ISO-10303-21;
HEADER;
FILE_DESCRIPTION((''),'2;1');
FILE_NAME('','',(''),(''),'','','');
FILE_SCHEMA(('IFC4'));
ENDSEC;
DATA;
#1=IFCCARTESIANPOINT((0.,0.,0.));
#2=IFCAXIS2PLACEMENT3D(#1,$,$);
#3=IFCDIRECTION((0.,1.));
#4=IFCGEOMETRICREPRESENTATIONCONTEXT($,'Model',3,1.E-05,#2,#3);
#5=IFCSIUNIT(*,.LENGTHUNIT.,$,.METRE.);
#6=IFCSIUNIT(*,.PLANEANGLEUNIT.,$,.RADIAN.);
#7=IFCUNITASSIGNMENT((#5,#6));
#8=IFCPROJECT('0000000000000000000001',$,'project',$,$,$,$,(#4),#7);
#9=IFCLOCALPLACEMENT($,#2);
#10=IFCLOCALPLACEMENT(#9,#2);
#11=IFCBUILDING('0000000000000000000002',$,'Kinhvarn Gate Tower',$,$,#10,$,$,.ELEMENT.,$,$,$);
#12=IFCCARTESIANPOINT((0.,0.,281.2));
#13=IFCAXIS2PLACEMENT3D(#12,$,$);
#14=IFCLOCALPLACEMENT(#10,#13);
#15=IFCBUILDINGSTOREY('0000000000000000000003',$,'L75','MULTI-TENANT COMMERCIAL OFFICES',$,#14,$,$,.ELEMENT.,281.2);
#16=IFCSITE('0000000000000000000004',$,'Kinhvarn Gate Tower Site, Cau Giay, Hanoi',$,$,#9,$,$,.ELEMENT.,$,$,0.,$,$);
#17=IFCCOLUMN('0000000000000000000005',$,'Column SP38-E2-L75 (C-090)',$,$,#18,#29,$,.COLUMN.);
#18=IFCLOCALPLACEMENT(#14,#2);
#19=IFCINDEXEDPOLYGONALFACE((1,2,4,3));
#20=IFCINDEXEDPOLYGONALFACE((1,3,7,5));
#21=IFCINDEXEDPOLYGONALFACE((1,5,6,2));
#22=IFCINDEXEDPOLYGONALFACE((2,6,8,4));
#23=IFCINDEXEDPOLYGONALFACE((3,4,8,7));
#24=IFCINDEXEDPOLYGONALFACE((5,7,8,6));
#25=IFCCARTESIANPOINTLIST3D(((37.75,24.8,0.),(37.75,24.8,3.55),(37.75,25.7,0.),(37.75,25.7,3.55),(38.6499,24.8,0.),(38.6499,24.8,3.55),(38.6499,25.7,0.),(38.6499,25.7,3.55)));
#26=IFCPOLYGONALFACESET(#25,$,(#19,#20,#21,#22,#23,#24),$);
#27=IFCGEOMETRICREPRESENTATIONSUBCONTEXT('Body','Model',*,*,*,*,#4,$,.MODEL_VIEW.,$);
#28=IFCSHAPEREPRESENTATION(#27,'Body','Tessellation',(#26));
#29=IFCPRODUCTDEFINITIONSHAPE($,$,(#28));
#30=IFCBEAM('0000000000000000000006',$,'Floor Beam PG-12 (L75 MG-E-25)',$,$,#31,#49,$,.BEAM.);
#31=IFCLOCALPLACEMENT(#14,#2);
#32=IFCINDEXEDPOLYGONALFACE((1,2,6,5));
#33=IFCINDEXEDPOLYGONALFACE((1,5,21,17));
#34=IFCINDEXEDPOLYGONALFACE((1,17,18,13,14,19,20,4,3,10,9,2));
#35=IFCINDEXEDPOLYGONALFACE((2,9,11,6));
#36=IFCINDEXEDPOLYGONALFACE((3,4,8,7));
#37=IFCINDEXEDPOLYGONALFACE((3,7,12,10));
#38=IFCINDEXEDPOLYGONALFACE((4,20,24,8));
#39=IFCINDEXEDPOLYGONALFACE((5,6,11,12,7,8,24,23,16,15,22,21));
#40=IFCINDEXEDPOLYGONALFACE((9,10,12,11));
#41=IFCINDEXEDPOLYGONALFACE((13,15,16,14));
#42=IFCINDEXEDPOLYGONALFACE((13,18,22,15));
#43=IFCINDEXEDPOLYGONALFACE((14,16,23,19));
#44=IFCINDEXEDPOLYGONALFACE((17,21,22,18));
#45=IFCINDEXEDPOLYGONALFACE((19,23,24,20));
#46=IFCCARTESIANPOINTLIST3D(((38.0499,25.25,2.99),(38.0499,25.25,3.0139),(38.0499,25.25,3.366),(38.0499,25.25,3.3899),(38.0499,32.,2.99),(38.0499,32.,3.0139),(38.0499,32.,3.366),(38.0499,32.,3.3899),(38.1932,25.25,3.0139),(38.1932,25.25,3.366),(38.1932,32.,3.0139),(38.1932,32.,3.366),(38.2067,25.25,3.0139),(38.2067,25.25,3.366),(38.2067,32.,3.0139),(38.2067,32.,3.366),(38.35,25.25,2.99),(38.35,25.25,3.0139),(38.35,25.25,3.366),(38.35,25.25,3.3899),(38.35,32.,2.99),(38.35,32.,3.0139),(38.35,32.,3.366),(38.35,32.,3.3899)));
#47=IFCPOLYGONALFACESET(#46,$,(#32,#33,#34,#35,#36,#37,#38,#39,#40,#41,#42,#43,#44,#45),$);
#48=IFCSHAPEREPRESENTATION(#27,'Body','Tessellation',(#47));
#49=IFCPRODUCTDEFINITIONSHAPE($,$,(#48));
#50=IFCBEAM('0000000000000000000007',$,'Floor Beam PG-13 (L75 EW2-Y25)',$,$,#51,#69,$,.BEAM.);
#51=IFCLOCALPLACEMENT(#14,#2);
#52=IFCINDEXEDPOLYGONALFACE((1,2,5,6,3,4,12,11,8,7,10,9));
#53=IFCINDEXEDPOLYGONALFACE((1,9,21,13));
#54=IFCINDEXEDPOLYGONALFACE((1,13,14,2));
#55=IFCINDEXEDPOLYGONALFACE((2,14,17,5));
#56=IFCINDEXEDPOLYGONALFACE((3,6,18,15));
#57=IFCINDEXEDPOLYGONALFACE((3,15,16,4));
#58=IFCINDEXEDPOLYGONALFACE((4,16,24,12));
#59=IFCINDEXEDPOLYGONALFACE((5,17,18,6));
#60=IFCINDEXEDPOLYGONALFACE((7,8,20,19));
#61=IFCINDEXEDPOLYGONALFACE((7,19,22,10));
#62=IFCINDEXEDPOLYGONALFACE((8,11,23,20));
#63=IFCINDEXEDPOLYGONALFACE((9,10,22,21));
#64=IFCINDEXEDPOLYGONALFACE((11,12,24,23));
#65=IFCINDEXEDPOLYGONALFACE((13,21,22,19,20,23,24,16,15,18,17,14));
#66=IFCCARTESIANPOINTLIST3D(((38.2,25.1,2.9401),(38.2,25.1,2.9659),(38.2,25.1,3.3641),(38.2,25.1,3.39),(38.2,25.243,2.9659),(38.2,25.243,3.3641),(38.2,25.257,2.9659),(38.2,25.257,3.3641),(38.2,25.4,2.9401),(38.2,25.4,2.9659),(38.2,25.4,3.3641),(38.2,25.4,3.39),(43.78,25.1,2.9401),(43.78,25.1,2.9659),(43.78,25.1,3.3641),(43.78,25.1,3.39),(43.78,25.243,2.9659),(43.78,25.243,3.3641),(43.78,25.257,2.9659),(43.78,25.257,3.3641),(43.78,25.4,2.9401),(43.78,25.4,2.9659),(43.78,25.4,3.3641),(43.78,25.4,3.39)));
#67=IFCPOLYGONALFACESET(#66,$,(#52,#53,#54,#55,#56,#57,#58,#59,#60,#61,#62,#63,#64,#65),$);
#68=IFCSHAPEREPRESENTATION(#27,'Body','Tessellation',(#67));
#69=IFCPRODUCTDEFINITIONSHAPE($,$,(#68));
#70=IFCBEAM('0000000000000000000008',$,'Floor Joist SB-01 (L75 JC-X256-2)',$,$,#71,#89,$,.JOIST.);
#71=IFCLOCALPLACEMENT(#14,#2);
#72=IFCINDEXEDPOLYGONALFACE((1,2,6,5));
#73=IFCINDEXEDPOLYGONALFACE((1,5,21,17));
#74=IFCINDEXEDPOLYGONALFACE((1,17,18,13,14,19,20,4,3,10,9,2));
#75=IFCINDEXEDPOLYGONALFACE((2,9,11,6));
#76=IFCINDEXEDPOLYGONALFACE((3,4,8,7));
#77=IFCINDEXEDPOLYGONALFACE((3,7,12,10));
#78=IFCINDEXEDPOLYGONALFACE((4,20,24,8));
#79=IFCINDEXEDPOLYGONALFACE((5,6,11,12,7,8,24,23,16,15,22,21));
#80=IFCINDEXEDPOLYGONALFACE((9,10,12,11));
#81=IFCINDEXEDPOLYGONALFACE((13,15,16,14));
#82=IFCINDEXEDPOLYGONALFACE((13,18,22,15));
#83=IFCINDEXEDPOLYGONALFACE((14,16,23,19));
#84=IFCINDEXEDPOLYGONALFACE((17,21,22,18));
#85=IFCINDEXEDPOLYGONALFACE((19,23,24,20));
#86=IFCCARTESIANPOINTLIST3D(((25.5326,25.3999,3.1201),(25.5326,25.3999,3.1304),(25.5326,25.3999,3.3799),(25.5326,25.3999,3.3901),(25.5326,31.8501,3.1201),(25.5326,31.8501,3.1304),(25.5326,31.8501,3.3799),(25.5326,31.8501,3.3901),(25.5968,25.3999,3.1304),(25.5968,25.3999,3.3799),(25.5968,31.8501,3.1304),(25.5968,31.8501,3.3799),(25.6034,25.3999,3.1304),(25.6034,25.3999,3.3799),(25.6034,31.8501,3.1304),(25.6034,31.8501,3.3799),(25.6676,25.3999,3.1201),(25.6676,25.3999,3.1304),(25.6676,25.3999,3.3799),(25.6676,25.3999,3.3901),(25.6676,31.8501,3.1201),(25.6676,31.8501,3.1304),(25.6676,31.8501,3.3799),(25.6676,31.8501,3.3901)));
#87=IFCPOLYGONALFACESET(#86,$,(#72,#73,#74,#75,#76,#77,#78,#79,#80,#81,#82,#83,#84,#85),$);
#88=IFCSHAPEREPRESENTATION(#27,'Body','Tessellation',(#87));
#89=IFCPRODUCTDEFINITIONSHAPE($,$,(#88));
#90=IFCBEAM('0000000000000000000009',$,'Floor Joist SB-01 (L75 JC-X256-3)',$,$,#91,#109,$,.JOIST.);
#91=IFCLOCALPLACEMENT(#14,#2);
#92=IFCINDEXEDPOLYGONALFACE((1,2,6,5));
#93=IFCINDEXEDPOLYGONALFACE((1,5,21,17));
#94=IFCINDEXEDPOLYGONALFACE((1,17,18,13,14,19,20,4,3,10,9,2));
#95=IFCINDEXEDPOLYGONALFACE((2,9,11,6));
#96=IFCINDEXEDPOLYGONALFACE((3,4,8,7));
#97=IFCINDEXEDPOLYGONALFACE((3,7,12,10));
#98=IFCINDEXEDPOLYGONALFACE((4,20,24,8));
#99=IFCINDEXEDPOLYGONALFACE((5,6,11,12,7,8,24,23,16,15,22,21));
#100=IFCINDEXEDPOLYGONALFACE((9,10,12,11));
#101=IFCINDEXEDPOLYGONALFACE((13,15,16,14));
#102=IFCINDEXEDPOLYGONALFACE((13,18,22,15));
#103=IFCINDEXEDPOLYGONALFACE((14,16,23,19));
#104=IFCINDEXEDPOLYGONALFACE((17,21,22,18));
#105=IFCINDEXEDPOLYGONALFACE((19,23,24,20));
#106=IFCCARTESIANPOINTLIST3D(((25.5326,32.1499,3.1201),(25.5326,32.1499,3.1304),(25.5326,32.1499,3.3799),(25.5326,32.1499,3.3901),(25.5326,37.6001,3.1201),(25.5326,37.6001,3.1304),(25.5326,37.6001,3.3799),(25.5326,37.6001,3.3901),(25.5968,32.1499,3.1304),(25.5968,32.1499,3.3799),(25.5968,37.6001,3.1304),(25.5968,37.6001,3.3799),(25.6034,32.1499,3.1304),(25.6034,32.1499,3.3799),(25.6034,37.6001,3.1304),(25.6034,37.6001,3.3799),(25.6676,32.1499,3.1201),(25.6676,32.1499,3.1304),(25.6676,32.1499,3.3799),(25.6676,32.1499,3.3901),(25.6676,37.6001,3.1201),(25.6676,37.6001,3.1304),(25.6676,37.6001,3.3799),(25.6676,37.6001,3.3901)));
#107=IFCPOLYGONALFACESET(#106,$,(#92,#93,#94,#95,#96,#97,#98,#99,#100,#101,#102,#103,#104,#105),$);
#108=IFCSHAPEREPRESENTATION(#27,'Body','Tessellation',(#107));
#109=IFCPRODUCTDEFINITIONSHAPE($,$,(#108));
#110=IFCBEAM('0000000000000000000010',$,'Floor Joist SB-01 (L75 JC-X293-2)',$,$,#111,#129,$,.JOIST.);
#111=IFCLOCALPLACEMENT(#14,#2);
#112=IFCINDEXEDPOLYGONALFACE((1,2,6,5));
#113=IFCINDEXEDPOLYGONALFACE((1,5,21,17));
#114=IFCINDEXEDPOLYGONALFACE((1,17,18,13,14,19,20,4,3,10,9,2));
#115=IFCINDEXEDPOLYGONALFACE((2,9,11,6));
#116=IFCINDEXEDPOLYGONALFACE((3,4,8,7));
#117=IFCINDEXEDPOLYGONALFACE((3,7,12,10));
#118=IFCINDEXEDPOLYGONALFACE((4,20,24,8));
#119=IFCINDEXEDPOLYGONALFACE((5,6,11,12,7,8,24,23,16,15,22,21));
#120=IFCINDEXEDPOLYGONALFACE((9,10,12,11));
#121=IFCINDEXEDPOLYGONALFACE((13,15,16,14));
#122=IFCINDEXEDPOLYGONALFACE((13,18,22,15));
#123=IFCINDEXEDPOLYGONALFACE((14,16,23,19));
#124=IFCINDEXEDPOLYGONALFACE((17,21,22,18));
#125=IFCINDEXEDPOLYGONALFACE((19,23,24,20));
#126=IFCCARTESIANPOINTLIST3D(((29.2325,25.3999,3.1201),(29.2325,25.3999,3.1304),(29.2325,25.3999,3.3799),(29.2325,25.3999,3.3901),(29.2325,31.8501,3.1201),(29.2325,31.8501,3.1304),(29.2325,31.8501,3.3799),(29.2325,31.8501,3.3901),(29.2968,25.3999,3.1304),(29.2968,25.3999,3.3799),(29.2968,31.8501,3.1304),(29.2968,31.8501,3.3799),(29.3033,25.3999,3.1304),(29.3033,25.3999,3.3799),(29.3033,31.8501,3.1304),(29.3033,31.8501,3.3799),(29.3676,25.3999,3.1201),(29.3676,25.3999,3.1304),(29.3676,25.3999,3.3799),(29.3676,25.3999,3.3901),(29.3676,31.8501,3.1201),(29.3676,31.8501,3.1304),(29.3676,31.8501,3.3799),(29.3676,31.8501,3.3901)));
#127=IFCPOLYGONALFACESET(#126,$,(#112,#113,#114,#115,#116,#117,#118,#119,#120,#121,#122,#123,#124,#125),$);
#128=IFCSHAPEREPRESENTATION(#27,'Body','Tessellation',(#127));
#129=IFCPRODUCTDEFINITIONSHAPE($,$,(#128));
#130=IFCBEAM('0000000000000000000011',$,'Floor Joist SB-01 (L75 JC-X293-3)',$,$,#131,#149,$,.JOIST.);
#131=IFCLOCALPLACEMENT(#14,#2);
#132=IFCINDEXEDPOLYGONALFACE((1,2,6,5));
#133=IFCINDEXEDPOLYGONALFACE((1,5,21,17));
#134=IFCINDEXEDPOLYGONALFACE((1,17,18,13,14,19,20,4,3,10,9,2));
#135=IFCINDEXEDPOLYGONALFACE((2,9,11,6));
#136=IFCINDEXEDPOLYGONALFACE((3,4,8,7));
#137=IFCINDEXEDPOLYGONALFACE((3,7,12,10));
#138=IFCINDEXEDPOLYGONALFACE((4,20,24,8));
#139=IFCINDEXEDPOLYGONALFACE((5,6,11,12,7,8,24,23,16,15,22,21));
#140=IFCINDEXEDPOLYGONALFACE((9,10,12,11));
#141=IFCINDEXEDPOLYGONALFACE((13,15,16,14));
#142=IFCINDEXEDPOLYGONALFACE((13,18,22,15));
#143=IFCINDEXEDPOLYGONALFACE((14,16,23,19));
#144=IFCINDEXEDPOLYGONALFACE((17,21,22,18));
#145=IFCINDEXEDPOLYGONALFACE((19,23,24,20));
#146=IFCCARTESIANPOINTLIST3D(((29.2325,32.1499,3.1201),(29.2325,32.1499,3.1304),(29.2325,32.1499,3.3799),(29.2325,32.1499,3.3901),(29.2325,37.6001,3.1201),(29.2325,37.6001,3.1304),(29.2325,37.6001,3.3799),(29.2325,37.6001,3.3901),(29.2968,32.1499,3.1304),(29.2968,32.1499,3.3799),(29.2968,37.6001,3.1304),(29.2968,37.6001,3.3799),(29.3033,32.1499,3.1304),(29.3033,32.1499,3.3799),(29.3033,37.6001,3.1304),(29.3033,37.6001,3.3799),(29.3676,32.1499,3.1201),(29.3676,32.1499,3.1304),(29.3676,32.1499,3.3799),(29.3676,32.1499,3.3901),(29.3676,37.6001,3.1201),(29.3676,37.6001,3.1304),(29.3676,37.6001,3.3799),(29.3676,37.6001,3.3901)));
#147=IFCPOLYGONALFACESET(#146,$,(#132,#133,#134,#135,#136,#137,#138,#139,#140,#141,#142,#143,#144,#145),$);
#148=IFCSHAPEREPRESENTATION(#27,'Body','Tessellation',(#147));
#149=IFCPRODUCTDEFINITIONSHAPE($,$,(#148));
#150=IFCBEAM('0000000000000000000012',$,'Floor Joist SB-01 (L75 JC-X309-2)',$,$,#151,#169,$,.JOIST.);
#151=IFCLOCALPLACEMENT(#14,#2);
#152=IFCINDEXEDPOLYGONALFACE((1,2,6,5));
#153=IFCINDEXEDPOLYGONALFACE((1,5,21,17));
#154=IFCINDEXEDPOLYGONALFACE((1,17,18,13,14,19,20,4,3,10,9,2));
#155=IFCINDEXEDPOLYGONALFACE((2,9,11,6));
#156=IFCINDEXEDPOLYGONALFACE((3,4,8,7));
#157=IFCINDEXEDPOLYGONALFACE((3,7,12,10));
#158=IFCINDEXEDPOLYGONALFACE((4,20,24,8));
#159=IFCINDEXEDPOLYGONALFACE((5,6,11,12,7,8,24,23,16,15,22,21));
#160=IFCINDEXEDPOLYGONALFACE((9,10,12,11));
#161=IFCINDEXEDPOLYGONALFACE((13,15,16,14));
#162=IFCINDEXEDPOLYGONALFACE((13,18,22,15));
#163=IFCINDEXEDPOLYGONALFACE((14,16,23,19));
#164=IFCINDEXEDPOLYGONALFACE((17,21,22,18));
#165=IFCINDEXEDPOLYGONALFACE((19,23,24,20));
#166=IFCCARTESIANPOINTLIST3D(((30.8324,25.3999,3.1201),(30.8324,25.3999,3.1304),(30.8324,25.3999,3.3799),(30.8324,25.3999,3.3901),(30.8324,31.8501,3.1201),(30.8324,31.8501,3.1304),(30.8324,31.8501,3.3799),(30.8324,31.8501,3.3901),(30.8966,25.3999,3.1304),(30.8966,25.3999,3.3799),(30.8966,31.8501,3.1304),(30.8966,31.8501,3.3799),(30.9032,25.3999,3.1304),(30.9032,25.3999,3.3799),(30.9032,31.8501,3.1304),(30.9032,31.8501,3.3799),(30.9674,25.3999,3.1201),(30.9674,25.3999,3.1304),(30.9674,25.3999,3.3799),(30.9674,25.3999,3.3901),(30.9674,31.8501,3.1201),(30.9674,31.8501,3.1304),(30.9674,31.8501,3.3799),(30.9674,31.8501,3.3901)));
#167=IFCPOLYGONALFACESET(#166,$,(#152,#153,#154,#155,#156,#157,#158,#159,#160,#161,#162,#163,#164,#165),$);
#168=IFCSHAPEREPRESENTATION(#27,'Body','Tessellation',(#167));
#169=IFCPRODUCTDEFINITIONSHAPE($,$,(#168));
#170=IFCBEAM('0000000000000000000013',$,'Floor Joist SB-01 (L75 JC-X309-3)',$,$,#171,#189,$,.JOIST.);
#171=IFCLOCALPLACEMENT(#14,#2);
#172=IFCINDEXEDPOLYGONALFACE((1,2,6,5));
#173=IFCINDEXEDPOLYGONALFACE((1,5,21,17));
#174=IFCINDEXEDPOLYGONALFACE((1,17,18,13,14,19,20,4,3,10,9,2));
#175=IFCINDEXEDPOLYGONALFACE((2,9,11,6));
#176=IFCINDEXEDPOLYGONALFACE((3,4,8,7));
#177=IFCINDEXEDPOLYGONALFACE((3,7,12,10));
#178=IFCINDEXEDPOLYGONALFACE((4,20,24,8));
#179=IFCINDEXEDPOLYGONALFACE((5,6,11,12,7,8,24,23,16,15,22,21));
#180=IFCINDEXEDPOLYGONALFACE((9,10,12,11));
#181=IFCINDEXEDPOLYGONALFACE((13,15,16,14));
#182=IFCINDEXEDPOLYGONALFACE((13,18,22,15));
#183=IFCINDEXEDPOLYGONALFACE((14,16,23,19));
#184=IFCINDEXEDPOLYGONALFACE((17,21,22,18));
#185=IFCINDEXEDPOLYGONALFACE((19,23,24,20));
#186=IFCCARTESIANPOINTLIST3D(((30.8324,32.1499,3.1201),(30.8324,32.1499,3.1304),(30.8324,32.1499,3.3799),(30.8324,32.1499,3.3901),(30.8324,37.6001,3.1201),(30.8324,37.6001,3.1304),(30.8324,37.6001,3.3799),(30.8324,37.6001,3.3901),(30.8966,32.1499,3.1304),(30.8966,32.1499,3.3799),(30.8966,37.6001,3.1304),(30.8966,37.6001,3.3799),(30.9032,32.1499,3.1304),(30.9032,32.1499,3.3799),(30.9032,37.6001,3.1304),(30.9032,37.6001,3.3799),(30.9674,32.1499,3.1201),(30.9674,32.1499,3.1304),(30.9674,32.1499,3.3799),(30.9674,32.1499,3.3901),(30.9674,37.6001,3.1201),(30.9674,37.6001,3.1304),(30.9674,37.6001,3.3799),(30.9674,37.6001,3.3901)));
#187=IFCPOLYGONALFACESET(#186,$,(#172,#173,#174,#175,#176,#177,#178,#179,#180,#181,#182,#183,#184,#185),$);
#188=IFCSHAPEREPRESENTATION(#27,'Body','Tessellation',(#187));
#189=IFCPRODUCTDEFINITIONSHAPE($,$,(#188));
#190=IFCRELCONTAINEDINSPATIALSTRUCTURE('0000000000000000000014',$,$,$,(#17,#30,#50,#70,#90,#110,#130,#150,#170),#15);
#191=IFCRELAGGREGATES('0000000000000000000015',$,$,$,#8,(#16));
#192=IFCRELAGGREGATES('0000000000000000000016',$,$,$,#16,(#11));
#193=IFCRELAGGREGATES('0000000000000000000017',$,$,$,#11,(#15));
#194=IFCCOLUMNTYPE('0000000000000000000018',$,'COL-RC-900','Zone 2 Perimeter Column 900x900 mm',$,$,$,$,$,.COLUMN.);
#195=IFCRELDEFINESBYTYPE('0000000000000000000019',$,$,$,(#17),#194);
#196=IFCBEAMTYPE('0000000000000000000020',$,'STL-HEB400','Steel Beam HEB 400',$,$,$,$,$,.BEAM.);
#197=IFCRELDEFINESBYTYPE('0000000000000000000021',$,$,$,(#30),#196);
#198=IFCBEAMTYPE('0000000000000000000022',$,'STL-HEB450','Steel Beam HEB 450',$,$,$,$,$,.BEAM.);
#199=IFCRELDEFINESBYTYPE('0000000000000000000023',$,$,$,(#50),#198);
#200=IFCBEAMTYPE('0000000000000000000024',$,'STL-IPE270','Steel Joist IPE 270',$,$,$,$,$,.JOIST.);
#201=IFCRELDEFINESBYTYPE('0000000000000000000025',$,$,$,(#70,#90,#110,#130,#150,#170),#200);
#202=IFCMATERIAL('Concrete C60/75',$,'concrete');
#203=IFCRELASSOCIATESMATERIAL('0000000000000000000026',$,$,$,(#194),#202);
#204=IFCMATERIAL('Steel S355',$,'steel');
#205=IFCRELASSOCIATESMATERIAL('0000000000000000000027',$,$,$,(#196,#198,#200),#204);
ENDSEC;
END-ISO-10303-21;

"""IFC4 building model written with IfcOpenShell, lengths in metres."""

from ifc_helpers import new_model, si_unit, direction, frame, origin, origin_2d, place, context, subcontext, project, spatial, rectangle, i_section, extrude, material, material_profile, profile_set, type_object, element, save


model = new_model("IFC4")

# Units and contexts
model_context = context("Model", 3, precision=1e-05, world=origin(), true_north=direction((0.0, 1.0)))
body_context = subcontext(model_context, "Body", "Model", "MODEL_VIEW")
ifc_project = project(units=[si_unit("LENGTHUNIT", "METRE"), si_unit("PLANEANGLEUNIT", "RADIAN")], contexts=[model_context])

# Site, building, storey
site_placement = place(None, origin())
site = spatial("IfcSite", under=ifc_project, at=site_placement, Name="Kinhvarn Gate Tower Site, Cau Giay, Hanoi", CompositionType="ELEMENT", RefElevation=0.0)
building_placement = place(site_placement, origin())
building = spatial("IfcBuilding", under=site, at=building_placement, Name="Kinhvarn Gate Tower", CompositionType="ELEMENT")
storey_placement = place(building_placement, frame((0.0, 0.0, 281.2)))
storey = spatial("IfcBuildingStorey", under=building, at=storey_placement, Name="L75", Description="MULTI-TENANT COMMERCIAL OFFICES", CompositionType="ELEMENT", Elevation=281.2)

# Column
ifc_material_1 = material(Name="Concrete C60/75", Category="concrete")
ifc_material_profile_1 = material_profile(ifc_material_1, rectangle(XDim=0.8999, YDim=0.8999, at=origin_2d()), Name="RC 900x900")
ifc_profile_set_1 = profile_set([ifc_material_profile_1], Name="Concrete C60/75")
column_type = type_object("IfcColumnType", Name="COL-RC-900", Description="Zone 2 Perimeter Column 900x900 mm", PredefinedType="COLUMN", material=ifc_profile_set_1)
column_placement = place(storey_placement, frame((38.2, 25.25, 0.0), z_axis=(0.0, 0.0, 1.0), x_axis=(1.0, 0.0, 0.0)))
element("IfcColumn", 1, at=column_placement, inside=storey, type_object=column_type, Name="Column SP38-E2-L75 (C-090)", PredefinedType="COLUMN", context=body_context, shape_type="SweptSolid", body=[
    extrude(rectangle(XDim=0.8999, YDim=0.8999, at=origin_2d()), origin(), (0.0, 0.0, 1.0), 3.55),
])

# Beams
ifc_material_2 = material(Name="Steel S355", Category="steel")
ifc_material_profile_2 = material_profile(ifc_material_2, i_section(OverallWidth=0.3, OverallDepth=0.3999, WebThickness=0.0134, FlangeThickness=0.0239, at=origin_2d()), Name="HEB 400")
ifc_profile_set_2 = profile_set([ifc_material_profile_2], Name="Steel S355")
beam_type_1 = type_object("IfcBeamType", Name="STL-HEB400", Description="Steel Beam HEB 400", PredefinedType="BEAM", material=ifc_profile_set_2)
beam_1_placement = place(storey_placement, frame((38.2, 25.25, 3.1899), z_axis=(0.0, 1.0, 0.0), x_axis=(-1.0, 0.0, 0.0)))
element("IfcBeam", 2, at=beam_1_placement, inside=storey, type_object=beam_type_1, Name="Floor Beam PG-12 (L75 MG-E-25)", PredefinedType="BEAM", context=body_context, shape_type="SweptSolid", body=[
    extrude(i_section(OverallWidth=0.3, OverallDepth=0.3999, WebThickness=0.0134, FlangeThickness=0.0239, at=origin_2d()), origin(), (0.0, 0.0, 1.0), 6.75),
])
ifc_material_profile_3 = material_profile(ifc_material_2, i_section(OverallWidth=0.3, OverallDepth=0.45, WebThickness=0.0139, FlangeThickness=0.0259, at=origin_2d()), Name="HEB 450")
ifc_profile_set_3 = profile_set([ifc_material_profile_3], Name="Steel S355")
beam_type_2 = type_object("IfcBeamType", Name="STL-HEB450", Description="Steel Beam HEB 450", PredefinedType="BEAM", material=ifc_profile_set_3)
beam_2_placement = place(storey_placement, frame((38.2, 25.25, 3.165), z_axis=(1.0, 0.0, 0.0), x_axis=(0.0, 1.0, 0.0)))
element("IfcBeam", 3, at=beam_2_placement, inside=storey, type_object=beam_type_2, Name="Floor Beam PG-13 (L75 EW2-Y25)", PredefinedType="BEAM", context=body_context, shape_type="SweptSolid", body=[
    extrude(i_section(OverallWidth=0.3, OverallDepth=0.45, WebThickness=0.0139, FlangeThickness=0.0259, at=origin_2d()), origin(), (0.0, 0.0, 1.0), 5.5801),
])
ifc_material_profile_4 = material_profile(ifc_material_2, i_section(OverallWidth=0.135, OverallDepth=0.27, WebThickness=0.0066, FlangeThickness=0.0103, at=origin_2d()), Name="IPE 270")
ifc_profile_set_4 = profile_set([ifc_material_profile_4], Name="Steel S355")
beam_type_3 = type_object("IfcBeamType", Name="STL-IPE270", Description="Steel Joist IPE 270", PredefinedType="JOIST", material=ifc_profile_set_4)
beam_3_placement = place(storey_placement, frame((25.6001, 25.3999, 3.2551), z_axis=(0.0, 1.0, 0.0), x_axis=(-1.0, 0.0, 0.0)))
element("IfcBeam", 4, at=beam_3_placement, inside=storey, type_object=beam_type_3, Name="Floor Joist SB-01 (L75 JC-X256-2)", PredefinedType="JOIST", context=body_context, shape_type="SweptSolid", body=[
    extrude(i_section(OverallWidth=0.135, OverallDepth=0.27, WebThickness=0.0066, FlangeThickness=0.0103, at=origin_2d()), origin(), (0.0, 0.0, 1.0), 6.4502),
])
beam_4_placement = place(storey_placement, frame((25.6001, 32.1499, 3.2551), z_axis=(0.0, 1.0, 0.0), x_axis=(-1.0, 0.0, 0.0)))
element("IfcBeam", 5, at=beam_4_placement, inside=storey, type_object=beam_type_3, Name="Floor Joist SB-01 (L75 JC-X256-3)", PredefinedType="JOIST", context=body_context, shape_type="SweptSolid", body=[
    extrude(i_section(OverallWidth=0.135, OverallDepth=0.27, WebThickness=0.0066, FlangeThickness=0.0103, at=origin_2d()), origin(), (0.0, 0.0, 1.0), 5.4502),
])
beam_5_placement = place(storey_placement, frame((29.3, 25.3999, 3.2551), z_axis=(0.0, 1.0, 0.0), x_axis=(-1.0, 0.0, 0.0)))
element("IfcBeam", 6, at=beam_5_placement, inside=storey, type_object=beam_type_3, Name="Floor Joist SB-01 (L75 JC-X293-2)", PredefinedType="JOIST", context=body_context, shape_type="SweptSolid", body=[
    extrude(i_section(OverallWidth=0.135, OverallDepth=0.27, WebThickness=0.0066, FlangeThickness=0.0103, at=origin_2d()), origin(), (0.0, 0.0, 1.0), 6.4502),
])
beam_6_placement = place(storey_placement, frame((29.3, 32.1499, 3.2551), z_axis=(0.0, 1.0, 0.0), x_axis=(-1.0, 0.0, 0.0)))
element("IfcBeam", 7, at=beam_6_placement, inside=storey, type_object=beam_type_3, Name="Floor Joist SB-01 (L75 JC-X293-3)", PredefinedType="JOIST", context=body_context, shape_type="SweptSolid", body=[
    extrude(i_section(OverallWidth=0.135, OverallDepth=0.27, WebThickness=0.0066, FlangeThickness=0.0103, at=origin_2d()), origin(), (0.0, 0.0, 1.0), 5.4502),
])
beam_7_placement = place(storey_placement, frame((30.8999, 25.3999, 3.2551), z_axis=(0.0, 1.0, 0.0), x_axis=(-1.0, 0.0, 0.0)))
element("IfcBeam", 8, at=beam_7_placement, inside=storey, type_object=beam_type_3, Name="Floor Joist SB-01 (L75 JC-X309-2)", PredefinedType="JOIST", context=body_context, shape_type="SweptSolid", body=[
    extrude(i_section(OverallWidth=0.135, OverallDepth=0.27, WebThickness=0.0066, FlangeThickness=0.0103, at=origin_2d()), origin(), (0.0, 0.0, 1.0), 6.4502),
])
beam_8_placement = place(storey_placement, frame((30.8999, 32.1499, 3.2551), z_axis=(0.0, 1.0, 0.0), x_axis=(-1.0, 0.0, 0.0)))
element("IfcBeam", 9, at=beam_8_placement, inside=storey, type_object=beam_type_3, Name="Floor Joist SB-01 (L75 JC-X309-3)", PredefinedType="JOIST", context=body_context, shape_type="SweptSolid", body=[
    extrude(i_section(OverallWidth=0.135, OverallDepth=0.27, WebThickness=0.0066, FlangeThickness=0.0103, at=origin_2d()), origin(), (0.0, 0.0, 1.0), 5.4502),
])

save(model, "model.ifc")
